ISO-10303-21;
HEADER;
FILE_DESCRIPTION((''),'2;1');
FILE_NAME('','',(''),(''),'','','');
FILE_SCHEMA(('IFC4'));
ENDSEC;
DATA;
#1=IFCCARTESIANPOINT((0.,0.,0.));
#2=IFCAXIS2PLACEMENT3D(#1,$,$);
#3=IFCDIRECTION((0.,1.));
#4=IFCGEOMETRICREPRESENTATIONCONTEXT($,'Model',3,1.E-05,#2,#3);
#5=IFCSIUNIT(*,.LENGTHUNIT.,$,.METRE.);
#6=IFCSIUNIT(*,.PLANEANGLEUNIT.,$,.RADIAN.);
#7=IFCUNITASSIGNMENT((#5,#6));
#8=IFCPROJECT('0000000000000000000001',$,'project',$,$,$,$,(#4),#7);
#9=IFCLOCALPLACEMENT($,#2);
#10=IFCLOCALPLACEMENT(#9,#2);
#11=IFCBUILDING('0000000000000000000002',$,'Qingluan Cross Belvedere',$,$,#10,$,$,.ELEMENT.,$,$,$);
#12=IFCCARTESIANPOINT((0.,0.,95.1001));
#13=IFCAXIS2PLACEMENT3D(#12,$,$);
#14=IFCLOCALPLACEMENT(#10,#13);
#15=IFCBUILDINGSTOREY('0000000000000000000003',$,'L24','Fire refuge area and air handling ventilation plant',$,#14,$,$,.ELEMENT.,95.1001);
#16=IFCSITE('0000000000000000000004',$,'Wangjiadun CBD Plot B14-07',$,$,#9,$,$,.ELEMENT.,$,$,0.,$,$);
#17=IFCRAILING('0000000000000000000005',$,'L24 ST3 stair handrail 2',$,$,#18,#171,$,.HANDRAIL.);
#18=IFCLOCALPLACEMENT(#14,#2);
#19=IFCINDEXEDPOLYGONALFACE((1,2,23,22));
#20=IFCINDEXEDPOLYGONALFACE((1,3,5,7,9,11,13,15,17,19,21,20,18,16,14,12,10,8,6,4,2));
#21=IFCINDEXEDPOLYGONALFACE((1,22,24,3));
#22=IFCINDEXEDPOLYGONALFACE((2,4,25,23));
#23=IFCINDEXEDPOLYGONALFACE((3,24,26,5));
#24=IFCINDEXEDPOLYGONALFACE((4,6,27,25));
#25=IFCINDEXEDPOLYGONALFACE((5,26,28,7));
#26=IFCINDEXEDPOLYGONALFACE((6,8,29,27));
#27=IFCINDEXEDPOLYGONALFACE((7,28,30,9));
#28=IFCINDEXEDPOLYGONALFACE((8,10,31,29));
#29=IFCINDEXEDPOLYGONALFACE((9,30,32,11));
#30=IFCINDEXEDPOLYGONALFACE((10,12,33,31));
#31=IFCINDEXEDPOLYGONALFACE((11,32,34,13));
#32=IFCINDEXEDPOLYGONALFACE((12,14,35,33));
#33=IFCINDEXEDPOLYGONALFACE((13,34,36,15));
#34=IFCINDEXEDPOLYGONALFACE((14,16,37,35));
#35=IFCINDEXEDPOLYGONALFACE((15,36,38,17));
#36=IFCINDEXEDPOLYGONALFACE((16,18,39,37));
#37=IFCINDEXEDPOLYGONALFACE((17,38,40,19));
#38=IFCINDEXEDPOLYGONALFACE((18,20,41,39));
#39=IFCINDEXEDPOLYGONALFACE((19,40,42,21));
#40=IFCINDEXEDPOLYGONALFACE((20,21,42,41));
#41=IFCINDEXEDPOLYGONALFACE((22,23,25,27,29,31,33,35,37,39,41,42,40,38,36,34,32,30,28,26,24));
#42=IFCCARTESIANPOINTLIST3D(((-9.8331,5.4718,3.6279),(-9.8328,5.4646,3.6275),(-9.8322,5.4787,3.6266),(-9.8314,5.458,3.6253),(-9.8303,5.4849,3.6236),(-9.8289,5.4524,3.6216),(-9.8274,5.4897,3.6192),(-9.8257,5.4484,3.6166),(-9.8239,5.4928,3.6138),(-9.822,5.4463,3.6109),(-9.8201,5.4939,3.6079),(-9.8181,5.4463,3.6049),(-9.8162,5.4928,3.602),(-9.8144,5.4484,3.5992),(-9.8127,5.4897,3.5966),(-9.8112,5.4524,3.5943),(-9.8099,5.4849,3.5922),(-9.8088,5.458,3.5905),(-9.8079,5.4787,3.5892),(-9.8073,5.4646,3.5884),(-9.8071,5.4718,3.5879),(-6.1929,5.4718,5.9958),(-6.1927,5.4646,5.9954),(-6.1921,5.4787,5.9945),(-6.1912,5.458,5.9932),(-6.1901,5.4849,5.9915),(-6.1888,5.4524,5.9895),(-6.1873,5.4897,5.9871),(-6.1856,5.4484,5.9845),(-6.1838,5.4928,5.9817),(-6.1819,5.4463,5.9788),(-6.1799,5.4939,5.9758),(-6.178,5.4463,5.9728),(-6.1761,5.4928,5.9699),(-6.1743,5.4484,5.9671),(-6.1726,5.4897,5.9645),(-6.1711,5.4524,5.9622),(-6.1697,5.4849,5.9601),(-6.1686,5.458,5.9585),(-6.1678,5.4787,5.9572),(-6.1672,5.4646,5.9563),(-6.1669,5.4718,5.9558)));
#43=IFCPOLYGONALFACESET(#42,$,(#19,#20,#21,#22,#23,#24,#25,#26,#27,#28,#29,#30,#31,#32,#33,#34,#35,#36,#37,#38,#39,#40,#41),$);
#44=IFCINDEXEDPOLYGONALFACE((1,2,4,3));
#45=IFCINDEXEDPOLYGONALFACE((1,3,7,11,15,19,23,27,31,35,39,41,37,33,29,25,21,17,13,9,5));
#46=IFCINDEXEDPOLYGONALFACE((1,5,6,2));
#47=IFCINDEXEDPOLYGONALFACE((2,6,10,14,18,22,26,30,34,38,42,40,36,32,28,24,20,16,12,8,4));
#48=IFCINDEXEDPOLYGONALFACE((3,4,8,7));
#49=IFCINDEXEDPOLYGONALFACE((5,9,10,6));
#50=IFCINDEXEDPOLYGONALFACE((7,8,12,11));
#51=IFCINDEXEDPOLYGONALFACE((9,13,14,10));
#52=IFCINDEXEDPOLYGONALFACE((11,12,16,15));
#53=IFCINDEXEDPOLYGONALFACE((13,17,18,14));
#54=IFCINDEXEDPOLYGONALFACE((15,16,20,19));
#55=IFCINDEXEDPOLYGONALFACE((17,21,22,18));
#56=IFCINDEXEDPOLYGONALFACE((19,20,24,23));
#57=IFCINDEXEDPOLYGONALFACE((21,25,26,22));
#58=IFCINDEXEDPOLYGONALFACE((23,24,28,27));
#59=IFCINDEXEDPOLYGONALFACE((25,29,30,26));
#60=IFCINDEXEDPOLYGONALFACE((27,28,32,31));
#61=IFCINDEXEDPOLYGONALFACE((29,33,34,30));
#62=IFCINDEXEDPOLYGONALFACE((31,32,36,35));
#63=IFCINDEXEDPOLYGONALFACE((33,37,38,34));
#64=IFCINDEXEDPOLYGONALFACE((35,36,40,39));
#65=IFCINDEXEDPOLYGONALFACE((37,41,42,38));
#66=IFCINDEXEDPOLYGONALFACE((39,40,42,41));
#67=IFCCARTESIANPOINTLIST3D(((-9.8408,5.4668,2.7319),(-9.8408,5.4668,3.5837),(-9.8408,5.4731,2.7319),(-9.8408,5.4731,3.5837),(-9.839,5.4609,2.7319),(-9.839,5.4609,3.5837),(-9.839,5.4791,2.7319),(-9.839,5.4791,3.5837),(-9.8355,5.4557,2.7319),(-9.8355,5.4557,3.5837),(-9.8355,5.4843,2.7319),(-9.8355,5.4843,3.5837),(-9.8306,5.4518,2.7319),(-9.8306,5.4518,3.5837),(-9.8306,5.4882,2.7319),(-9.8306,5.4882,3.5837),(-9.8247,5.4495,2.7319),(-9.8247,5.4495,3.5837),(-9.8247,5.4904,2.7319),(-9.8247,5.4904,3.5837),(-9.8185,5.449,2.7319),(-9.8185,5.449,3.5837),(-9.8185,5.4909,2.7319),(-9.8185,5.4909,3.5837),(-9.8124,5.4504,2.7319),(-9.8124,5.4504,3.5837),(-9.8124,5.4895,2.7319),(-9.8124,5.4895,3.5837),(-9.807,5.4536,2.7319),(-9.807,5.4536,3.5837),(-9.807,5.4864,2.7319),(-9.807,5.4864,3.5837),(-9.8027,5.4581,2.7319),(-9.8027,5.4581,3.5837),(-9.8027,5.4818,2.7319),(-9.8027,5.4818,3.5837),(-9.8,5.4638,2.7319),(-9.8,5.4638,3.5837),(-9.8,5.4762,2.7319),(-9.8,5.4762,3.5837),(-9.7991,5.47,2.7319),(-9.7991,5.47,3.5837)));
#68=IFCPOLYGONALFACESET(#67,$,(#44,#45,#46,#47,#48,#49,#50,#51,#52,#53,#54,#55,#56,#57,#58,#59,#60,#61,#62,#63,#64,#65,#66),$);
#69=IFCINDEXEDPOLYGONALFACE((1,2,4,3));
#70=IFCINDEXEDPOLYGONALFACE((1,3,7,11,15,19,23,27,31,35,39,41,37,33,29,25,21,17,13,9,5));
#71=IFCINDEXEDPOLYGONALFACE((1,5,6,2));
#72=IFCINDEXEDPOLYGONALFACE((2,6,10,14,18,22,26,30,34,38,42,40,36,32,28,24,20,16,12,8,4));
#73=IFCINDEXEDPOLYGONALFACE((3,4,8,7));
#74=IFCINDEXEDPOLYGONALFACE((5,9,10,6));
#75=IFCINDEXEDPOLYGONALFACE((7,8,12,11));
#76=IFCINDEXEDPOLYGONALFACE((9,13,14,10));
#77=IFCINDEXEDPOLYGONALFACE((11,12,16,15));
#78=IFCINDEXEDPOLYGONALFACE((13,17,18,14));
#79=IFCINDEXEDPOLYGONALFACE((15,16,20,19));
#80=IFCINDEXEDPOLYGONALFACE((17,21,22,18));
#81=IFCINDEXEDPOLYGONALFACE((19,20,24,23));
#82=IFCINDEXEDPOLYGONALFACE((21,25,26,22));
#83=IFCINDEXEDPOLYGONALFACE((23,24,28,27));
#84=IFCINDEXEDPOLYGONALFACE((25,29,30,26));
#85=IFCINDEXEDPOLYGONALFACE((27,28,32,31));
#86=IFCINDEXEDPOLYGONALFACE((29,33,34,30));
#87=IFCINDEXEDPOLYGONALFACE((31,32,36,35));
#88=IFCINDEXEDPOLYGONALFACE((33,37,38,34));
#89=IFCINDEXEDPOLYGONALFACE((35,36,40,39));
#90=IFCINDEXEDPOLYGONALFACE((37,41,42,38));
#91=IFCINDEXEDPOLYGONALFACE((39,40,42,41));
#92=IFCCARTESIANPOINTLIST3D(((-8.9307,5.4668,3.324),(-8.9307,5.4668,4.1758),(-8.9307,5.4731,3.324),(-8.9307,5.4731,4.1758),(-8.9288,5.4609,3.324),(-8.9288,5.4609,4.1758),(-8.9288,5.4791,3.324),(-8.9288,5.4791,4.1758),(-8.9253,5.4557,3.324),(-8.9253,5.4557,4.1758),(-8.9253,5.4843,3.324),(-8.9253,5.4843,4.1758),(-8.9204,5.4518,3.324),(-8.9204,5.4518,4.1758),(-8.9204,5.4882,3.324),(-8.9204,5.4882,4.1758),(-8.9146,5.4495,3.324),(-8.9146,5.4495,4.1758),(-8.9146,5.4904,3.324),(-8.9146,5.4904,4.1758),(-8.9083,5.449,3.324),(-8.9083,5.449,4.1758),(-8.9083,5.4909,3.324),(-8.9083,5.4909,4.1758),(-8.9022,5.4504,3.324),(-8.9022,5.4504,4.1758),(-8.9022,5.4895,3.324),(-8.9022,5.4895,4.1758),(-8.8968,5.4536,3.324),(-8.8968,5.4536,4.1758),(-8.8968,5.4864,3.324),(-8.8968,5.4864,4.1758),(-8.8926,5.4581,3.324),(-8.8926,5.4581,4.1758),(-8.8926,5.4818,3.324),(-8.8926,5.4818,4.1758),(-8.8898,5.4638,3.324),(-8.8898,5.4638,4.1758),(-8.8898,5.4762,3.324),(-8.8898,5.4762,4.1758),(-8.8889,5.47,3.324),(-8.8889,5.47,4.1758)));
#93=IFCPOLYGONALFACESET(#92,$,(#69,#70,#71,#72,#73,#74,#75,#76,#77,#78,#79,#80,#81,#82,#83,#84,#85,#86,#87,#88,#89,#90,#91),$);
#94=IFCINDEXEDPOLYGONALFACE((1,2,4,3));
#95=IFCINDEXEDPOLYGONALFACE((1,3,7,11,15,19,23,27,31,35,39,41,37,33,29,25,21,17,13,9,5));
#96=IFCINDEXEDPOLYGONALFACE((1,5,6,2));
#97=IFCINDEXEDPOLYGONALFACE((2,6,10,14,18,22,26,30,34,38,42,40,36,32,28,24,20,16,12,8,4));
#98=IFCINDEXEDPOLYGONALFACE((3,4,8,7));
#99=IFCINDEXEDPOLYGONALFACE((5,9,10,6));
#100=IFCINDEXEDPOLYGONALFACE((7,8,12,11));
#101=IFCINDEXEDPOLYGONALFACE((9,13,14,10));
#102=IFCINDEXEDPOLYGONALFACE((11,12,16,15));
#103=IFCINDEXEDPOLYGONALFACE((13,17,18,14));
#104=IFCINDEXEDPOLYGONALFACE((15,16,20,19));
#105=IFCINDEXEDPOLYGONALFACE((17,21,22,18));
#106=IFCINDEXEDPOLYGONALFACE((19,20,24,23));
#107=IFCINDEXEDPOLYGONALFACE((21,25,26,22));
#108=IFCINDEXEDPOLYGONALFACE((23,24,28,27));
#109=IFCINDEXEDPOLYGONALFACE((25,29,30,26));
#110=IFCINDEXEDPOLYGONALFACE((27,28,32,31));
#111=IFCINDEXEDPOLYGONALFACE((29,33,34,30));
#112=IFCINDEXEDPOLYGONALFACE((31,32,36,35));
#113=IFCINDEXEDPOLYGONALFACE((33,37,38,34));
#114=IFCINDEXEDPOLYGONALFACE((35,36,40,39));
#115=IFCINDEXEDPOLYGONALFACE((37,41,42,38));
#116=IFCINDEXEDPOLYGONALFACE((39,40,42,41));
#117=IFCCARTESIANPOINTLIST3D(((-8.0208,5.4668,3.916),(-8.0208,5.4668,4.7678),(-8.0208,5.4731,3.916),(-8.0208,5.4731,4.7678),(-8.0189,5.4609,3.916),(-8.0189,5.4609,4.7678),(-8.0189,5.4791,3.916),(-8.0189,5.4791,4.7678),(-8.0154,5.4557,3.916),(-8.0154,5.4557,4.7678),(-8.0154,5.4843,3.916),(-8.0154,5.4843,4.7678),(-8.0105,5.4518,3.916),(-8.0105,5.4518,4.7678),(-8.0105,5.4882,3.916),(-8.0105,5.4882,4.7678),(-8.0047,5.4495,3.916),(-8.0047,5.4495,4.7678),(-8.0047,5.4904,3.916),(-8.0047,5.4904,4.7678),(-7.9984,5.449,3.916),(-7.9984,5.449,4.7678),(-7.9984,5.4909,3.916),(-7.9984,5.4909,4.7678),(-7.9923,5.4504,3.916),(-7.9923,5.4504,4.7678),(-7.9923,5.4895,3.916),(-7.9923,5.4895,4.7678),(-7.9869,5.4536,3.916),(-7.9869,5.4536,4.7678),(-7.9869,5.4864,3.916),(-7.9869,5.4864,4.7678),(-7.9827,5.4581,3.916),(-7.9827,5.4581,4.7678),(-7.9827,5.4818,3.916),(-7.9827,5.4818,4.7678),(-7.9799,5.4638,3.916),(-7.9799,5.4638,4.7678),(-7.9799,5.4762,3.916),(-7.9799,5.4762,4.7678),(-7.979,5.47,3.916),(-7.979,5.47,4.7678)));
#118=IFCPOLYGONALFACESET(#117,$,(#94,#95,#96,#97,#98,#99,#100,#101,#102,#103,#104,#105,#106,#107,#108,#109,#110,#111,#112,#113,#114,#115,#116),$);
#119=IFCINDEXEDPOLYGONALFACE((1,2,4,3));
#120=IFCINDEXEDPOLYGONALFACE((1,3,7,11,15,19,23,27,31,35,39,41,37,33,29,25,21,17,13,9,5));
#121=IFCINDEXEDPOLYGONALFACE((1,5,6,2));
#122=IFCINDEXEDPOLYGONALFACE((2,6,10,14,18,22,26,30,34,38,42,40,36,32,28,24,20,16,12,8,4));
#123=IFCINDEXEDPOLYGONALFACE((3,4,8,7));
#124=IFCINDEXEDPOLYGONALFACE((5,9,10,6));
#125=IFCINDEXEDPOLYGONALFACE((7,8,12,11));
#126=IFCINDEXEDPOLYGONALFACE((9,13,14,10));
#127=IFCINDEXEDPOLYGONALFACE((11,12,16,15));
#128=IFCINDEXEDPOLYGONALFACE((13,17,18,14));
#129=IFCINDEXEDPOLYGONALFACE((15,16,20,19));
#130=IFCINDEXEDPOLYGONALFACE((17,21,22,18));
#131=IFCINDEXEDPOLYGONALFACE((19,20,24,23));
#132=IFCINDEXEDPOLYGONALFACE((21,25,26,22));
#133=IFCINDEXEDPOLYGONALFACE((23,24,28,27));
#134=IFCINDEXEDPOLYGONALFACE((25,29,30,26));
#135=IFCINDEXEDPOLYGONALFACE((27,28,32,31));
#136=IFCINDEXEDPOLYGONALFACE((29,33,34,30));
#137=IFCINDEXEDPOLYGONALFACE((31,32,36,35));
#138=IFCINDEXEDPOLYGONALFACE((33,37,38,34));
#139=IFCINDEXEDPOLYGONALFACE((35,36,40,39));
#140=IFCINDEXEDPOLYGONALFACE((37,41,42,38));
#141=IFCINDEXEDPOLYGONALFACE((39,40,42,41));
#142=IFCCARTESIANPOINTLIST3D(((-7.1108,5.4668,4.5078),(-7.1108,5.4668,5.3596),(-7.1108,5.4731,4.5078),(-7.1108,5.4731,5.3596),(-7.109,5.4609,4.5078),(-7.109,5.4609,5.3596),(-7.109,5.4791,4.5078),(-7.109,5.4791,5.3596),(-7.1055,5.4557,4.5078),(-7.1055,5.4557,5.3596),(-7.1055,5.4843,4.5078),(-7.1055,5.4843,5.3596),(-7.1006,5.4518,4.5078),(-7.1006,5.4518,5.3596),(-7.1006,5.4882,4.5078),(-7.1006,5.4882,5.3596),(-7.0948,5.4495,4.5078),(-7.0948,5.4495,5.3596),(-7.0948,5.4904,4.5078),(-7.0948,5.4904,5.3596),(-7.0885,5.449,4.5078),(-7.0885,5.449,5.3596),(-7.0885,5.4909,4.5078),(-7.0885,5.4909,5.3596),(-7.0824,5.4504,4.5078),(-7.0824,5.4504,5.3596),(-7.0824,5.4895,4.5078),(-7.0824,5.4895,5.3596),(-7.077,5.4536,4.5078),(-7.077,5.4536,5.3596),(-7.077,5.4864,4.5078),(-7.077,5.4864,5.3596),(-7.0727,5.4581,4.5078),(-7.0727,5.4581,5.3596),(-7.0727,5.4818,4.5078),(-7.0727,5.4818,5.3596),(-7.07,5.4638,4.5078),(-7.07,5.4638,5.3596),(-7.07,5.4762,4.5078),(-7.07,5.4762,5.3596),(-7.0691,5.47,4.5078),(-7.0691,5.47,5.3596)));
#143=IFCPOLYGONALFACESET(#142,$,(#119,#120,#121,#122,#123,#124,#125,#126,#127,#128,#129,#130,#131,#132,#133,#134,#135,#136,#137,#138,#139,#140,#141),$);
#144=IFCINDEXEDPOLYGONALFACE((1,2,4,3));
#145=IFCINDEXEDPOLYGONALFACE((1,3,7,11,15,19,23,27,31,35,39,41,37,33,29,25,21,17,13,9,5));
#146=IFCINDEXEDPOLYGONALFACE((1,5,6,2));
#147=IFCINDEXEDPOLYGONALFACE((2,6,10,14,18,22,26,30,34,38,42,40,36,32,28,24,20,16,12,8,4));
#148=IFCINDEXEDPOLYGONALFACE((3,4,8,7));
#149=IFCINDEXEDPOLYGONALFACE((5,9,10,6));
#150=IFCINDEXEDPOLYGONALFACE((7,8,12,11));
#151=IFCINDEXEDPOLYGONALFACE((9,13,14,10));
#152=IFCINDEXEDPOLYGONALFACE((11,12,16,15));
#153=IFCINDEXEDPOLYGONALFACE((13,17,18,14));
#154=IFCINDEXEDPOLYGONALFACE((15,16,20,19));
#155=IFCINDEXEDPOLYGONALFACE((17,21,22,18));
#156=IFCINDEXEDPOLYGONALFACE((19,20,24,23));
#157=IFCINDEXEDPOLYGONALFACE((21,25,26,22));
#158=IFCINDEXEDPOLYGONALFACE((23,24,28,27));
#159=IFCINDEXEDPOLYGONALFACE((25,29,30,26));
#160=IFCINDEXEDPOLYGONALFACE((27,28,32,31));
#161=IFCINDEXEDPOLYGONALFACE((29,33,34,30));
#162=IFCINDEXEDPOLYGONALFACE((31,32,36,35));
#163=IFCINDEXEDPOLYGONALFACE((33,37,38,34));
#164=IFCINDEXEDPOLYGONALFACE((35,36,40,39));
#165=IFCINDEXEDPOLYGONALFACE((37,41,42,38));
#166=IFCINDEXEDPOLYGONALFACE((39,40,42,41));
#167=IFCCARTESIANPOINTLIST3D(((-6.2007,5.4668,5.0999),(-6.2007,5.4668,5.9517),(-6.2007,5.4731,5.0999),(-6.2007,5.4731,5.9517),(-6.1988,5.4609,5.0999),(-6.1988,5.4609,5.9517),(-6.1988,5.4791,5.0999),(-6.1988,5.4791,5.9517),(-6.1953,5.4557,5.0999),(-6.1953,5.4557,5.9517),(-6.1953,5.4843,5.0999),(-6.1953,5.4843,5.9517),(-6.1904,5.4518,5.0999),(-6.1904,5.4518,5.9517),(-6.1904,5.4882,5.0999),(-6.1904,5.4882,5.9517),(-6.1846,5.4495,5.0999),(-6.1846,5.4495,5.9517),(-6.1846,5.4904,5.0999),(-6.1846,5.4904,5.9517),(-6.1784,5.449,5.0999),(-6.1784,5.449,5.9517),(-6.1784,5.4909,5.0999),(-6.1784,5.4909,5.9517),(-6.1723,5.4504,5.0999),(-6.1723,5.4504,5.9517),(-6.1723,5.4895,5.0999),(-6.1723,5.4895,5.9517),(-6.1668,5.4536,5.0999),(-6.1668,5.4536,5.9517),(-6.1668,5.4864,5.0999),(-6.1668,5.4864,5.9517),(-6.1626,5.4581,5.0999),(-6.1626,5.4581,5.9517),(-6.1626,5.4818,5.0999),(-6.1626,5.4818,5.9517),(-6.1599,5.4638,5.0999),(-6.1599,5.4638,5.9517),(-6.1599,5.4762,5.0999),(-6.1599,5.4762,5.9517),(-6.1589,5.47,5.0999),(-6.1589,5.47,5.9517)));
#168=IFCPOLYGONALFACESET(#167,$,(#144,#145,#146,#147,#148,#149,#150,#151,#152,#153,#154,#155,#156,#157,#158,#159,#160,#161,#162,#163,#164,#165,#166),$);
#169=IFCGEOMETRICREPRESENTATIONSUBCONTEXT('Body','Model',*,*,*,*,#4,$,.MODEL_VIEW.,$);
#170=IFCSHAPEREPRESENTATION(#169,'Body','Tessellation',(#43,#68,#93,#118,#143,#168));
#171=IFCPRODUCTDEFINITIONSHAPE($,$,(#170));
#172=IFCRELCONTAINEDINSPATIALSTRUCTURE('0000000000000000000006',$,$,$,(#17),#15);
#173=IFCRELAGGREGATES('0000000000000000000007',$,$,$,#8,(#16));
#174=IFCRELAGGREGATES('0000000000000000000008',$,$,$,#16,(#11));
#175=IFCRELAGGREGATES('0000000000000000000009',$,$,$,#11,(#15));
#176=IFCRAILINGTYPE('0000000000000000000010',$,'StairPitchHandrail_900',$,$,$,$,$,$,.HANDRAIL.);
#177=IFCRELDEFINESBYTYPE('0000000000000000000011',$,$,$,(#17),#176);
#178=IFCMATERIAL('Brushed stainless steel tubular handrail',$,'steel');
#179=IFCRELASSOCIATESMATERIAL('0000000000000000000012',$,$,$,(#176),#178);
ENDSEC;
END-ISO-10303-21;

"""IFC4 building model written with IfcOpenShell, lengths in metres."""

from ifc_helpers import new_model, si_unit, direction, frame, origin, origin_2d, place, context, subcontext, project, spatial, circle, extrude, material, type_object, element, save


model = new_model("IFC4")

# Units and contexts
model_context = context("Model", 3, precision=1e-05, world=origin(), true_north=direction((0.0, 1.0)))
body_context = subcontext(model_context, "Body", "Model", "MODEL_VIEW")
ifc_project = project(units=[si_unit("LENGTHUNIT", "METRE"), si_unit("PLANEANGLEUNIT", "RADIAN")], contexts=[model_context])

# Site, building, storey
site_placement = place(None, origin())
site = spatial("IfcSite", under=ifc_project, at=site_placement, Name="Wangjiadun CBD Plot B14-07", CompositionType="ELEMENT", RefElevation=0.0)
building_placement = place(site_placement, origin())
building = spatial("IfcBuilding", under=site, at=building_placement, Name="Qingluan Cross Belvedere", CompositionType="ELEMENT")
storey_placement = place(building_placement, frame((0.0, 0.0, 95.1001)))
storey = spatial("IfcBuildingStorey", under=building, at=storey_placement, Name="L24", Description="Fire refuge area and air handling ventilation plant", CompositionType="ELEMENT", Elevation=95.1001)

# Railing
ifc_material_1 = material(Name="Brushed stainless steel tubular handrail", Category="steel")
railing_type_1 = type_object("IfcRailingType", Name="StairPitchHandrail_900", PredefinedType="HANDRAIL", material=ifc_material_1)
railing_1_placement = place(storey_placement, frame((-9.8201, 5.47, 2.7319)))
element("IfcRailing", 1, at=railing_1_placement, inside=storey, type_object=railing_type_1, Name="L24 ST3 stair handrail 2", PredefinedType="HANDRAIL", context=body_context, shape_type="SweptSolid", body=[
    extrude(circle(Radius=0.0239, at=origin_2d()), frame((0.0, 0.0, 0.876), z_axis=(0.838251, 0.0, 0.545285), x_axis=(0.0, 1.0, 0.0)), (0.0, 0.0, 1.0), 4.3425),
    extrude(circle(Radius=0.021, at=origin_2d()), origin(), (0.0, 0.0, 1.0), 0.8518),
    extrude(circle(Radius=0.021, at=origin_2d()), frame((0.9102, 0.0, 0.592)), (0.0, 0.0, 1.0), 0.8518),
    extrude(circle(Radius=0.021, at=origin_2d()), frame((1.8201, 0.0, 1.1841)), (0.0, 0.0, 1.0), 0.8518),
    extrude(circle(Radius=0.021, at=origin_2d()), frame((2.73, 0.0, 1.7759)), (0.0, 0.0, 1.0), 0.8518),
    extrude(circle(Radius=0.021, at=origin_2d()), frame((3.6401, 0.0, 2.3679)), (0.0, 0.0, 1.0), 0.8518),
])

save(model, "model.ifc")
